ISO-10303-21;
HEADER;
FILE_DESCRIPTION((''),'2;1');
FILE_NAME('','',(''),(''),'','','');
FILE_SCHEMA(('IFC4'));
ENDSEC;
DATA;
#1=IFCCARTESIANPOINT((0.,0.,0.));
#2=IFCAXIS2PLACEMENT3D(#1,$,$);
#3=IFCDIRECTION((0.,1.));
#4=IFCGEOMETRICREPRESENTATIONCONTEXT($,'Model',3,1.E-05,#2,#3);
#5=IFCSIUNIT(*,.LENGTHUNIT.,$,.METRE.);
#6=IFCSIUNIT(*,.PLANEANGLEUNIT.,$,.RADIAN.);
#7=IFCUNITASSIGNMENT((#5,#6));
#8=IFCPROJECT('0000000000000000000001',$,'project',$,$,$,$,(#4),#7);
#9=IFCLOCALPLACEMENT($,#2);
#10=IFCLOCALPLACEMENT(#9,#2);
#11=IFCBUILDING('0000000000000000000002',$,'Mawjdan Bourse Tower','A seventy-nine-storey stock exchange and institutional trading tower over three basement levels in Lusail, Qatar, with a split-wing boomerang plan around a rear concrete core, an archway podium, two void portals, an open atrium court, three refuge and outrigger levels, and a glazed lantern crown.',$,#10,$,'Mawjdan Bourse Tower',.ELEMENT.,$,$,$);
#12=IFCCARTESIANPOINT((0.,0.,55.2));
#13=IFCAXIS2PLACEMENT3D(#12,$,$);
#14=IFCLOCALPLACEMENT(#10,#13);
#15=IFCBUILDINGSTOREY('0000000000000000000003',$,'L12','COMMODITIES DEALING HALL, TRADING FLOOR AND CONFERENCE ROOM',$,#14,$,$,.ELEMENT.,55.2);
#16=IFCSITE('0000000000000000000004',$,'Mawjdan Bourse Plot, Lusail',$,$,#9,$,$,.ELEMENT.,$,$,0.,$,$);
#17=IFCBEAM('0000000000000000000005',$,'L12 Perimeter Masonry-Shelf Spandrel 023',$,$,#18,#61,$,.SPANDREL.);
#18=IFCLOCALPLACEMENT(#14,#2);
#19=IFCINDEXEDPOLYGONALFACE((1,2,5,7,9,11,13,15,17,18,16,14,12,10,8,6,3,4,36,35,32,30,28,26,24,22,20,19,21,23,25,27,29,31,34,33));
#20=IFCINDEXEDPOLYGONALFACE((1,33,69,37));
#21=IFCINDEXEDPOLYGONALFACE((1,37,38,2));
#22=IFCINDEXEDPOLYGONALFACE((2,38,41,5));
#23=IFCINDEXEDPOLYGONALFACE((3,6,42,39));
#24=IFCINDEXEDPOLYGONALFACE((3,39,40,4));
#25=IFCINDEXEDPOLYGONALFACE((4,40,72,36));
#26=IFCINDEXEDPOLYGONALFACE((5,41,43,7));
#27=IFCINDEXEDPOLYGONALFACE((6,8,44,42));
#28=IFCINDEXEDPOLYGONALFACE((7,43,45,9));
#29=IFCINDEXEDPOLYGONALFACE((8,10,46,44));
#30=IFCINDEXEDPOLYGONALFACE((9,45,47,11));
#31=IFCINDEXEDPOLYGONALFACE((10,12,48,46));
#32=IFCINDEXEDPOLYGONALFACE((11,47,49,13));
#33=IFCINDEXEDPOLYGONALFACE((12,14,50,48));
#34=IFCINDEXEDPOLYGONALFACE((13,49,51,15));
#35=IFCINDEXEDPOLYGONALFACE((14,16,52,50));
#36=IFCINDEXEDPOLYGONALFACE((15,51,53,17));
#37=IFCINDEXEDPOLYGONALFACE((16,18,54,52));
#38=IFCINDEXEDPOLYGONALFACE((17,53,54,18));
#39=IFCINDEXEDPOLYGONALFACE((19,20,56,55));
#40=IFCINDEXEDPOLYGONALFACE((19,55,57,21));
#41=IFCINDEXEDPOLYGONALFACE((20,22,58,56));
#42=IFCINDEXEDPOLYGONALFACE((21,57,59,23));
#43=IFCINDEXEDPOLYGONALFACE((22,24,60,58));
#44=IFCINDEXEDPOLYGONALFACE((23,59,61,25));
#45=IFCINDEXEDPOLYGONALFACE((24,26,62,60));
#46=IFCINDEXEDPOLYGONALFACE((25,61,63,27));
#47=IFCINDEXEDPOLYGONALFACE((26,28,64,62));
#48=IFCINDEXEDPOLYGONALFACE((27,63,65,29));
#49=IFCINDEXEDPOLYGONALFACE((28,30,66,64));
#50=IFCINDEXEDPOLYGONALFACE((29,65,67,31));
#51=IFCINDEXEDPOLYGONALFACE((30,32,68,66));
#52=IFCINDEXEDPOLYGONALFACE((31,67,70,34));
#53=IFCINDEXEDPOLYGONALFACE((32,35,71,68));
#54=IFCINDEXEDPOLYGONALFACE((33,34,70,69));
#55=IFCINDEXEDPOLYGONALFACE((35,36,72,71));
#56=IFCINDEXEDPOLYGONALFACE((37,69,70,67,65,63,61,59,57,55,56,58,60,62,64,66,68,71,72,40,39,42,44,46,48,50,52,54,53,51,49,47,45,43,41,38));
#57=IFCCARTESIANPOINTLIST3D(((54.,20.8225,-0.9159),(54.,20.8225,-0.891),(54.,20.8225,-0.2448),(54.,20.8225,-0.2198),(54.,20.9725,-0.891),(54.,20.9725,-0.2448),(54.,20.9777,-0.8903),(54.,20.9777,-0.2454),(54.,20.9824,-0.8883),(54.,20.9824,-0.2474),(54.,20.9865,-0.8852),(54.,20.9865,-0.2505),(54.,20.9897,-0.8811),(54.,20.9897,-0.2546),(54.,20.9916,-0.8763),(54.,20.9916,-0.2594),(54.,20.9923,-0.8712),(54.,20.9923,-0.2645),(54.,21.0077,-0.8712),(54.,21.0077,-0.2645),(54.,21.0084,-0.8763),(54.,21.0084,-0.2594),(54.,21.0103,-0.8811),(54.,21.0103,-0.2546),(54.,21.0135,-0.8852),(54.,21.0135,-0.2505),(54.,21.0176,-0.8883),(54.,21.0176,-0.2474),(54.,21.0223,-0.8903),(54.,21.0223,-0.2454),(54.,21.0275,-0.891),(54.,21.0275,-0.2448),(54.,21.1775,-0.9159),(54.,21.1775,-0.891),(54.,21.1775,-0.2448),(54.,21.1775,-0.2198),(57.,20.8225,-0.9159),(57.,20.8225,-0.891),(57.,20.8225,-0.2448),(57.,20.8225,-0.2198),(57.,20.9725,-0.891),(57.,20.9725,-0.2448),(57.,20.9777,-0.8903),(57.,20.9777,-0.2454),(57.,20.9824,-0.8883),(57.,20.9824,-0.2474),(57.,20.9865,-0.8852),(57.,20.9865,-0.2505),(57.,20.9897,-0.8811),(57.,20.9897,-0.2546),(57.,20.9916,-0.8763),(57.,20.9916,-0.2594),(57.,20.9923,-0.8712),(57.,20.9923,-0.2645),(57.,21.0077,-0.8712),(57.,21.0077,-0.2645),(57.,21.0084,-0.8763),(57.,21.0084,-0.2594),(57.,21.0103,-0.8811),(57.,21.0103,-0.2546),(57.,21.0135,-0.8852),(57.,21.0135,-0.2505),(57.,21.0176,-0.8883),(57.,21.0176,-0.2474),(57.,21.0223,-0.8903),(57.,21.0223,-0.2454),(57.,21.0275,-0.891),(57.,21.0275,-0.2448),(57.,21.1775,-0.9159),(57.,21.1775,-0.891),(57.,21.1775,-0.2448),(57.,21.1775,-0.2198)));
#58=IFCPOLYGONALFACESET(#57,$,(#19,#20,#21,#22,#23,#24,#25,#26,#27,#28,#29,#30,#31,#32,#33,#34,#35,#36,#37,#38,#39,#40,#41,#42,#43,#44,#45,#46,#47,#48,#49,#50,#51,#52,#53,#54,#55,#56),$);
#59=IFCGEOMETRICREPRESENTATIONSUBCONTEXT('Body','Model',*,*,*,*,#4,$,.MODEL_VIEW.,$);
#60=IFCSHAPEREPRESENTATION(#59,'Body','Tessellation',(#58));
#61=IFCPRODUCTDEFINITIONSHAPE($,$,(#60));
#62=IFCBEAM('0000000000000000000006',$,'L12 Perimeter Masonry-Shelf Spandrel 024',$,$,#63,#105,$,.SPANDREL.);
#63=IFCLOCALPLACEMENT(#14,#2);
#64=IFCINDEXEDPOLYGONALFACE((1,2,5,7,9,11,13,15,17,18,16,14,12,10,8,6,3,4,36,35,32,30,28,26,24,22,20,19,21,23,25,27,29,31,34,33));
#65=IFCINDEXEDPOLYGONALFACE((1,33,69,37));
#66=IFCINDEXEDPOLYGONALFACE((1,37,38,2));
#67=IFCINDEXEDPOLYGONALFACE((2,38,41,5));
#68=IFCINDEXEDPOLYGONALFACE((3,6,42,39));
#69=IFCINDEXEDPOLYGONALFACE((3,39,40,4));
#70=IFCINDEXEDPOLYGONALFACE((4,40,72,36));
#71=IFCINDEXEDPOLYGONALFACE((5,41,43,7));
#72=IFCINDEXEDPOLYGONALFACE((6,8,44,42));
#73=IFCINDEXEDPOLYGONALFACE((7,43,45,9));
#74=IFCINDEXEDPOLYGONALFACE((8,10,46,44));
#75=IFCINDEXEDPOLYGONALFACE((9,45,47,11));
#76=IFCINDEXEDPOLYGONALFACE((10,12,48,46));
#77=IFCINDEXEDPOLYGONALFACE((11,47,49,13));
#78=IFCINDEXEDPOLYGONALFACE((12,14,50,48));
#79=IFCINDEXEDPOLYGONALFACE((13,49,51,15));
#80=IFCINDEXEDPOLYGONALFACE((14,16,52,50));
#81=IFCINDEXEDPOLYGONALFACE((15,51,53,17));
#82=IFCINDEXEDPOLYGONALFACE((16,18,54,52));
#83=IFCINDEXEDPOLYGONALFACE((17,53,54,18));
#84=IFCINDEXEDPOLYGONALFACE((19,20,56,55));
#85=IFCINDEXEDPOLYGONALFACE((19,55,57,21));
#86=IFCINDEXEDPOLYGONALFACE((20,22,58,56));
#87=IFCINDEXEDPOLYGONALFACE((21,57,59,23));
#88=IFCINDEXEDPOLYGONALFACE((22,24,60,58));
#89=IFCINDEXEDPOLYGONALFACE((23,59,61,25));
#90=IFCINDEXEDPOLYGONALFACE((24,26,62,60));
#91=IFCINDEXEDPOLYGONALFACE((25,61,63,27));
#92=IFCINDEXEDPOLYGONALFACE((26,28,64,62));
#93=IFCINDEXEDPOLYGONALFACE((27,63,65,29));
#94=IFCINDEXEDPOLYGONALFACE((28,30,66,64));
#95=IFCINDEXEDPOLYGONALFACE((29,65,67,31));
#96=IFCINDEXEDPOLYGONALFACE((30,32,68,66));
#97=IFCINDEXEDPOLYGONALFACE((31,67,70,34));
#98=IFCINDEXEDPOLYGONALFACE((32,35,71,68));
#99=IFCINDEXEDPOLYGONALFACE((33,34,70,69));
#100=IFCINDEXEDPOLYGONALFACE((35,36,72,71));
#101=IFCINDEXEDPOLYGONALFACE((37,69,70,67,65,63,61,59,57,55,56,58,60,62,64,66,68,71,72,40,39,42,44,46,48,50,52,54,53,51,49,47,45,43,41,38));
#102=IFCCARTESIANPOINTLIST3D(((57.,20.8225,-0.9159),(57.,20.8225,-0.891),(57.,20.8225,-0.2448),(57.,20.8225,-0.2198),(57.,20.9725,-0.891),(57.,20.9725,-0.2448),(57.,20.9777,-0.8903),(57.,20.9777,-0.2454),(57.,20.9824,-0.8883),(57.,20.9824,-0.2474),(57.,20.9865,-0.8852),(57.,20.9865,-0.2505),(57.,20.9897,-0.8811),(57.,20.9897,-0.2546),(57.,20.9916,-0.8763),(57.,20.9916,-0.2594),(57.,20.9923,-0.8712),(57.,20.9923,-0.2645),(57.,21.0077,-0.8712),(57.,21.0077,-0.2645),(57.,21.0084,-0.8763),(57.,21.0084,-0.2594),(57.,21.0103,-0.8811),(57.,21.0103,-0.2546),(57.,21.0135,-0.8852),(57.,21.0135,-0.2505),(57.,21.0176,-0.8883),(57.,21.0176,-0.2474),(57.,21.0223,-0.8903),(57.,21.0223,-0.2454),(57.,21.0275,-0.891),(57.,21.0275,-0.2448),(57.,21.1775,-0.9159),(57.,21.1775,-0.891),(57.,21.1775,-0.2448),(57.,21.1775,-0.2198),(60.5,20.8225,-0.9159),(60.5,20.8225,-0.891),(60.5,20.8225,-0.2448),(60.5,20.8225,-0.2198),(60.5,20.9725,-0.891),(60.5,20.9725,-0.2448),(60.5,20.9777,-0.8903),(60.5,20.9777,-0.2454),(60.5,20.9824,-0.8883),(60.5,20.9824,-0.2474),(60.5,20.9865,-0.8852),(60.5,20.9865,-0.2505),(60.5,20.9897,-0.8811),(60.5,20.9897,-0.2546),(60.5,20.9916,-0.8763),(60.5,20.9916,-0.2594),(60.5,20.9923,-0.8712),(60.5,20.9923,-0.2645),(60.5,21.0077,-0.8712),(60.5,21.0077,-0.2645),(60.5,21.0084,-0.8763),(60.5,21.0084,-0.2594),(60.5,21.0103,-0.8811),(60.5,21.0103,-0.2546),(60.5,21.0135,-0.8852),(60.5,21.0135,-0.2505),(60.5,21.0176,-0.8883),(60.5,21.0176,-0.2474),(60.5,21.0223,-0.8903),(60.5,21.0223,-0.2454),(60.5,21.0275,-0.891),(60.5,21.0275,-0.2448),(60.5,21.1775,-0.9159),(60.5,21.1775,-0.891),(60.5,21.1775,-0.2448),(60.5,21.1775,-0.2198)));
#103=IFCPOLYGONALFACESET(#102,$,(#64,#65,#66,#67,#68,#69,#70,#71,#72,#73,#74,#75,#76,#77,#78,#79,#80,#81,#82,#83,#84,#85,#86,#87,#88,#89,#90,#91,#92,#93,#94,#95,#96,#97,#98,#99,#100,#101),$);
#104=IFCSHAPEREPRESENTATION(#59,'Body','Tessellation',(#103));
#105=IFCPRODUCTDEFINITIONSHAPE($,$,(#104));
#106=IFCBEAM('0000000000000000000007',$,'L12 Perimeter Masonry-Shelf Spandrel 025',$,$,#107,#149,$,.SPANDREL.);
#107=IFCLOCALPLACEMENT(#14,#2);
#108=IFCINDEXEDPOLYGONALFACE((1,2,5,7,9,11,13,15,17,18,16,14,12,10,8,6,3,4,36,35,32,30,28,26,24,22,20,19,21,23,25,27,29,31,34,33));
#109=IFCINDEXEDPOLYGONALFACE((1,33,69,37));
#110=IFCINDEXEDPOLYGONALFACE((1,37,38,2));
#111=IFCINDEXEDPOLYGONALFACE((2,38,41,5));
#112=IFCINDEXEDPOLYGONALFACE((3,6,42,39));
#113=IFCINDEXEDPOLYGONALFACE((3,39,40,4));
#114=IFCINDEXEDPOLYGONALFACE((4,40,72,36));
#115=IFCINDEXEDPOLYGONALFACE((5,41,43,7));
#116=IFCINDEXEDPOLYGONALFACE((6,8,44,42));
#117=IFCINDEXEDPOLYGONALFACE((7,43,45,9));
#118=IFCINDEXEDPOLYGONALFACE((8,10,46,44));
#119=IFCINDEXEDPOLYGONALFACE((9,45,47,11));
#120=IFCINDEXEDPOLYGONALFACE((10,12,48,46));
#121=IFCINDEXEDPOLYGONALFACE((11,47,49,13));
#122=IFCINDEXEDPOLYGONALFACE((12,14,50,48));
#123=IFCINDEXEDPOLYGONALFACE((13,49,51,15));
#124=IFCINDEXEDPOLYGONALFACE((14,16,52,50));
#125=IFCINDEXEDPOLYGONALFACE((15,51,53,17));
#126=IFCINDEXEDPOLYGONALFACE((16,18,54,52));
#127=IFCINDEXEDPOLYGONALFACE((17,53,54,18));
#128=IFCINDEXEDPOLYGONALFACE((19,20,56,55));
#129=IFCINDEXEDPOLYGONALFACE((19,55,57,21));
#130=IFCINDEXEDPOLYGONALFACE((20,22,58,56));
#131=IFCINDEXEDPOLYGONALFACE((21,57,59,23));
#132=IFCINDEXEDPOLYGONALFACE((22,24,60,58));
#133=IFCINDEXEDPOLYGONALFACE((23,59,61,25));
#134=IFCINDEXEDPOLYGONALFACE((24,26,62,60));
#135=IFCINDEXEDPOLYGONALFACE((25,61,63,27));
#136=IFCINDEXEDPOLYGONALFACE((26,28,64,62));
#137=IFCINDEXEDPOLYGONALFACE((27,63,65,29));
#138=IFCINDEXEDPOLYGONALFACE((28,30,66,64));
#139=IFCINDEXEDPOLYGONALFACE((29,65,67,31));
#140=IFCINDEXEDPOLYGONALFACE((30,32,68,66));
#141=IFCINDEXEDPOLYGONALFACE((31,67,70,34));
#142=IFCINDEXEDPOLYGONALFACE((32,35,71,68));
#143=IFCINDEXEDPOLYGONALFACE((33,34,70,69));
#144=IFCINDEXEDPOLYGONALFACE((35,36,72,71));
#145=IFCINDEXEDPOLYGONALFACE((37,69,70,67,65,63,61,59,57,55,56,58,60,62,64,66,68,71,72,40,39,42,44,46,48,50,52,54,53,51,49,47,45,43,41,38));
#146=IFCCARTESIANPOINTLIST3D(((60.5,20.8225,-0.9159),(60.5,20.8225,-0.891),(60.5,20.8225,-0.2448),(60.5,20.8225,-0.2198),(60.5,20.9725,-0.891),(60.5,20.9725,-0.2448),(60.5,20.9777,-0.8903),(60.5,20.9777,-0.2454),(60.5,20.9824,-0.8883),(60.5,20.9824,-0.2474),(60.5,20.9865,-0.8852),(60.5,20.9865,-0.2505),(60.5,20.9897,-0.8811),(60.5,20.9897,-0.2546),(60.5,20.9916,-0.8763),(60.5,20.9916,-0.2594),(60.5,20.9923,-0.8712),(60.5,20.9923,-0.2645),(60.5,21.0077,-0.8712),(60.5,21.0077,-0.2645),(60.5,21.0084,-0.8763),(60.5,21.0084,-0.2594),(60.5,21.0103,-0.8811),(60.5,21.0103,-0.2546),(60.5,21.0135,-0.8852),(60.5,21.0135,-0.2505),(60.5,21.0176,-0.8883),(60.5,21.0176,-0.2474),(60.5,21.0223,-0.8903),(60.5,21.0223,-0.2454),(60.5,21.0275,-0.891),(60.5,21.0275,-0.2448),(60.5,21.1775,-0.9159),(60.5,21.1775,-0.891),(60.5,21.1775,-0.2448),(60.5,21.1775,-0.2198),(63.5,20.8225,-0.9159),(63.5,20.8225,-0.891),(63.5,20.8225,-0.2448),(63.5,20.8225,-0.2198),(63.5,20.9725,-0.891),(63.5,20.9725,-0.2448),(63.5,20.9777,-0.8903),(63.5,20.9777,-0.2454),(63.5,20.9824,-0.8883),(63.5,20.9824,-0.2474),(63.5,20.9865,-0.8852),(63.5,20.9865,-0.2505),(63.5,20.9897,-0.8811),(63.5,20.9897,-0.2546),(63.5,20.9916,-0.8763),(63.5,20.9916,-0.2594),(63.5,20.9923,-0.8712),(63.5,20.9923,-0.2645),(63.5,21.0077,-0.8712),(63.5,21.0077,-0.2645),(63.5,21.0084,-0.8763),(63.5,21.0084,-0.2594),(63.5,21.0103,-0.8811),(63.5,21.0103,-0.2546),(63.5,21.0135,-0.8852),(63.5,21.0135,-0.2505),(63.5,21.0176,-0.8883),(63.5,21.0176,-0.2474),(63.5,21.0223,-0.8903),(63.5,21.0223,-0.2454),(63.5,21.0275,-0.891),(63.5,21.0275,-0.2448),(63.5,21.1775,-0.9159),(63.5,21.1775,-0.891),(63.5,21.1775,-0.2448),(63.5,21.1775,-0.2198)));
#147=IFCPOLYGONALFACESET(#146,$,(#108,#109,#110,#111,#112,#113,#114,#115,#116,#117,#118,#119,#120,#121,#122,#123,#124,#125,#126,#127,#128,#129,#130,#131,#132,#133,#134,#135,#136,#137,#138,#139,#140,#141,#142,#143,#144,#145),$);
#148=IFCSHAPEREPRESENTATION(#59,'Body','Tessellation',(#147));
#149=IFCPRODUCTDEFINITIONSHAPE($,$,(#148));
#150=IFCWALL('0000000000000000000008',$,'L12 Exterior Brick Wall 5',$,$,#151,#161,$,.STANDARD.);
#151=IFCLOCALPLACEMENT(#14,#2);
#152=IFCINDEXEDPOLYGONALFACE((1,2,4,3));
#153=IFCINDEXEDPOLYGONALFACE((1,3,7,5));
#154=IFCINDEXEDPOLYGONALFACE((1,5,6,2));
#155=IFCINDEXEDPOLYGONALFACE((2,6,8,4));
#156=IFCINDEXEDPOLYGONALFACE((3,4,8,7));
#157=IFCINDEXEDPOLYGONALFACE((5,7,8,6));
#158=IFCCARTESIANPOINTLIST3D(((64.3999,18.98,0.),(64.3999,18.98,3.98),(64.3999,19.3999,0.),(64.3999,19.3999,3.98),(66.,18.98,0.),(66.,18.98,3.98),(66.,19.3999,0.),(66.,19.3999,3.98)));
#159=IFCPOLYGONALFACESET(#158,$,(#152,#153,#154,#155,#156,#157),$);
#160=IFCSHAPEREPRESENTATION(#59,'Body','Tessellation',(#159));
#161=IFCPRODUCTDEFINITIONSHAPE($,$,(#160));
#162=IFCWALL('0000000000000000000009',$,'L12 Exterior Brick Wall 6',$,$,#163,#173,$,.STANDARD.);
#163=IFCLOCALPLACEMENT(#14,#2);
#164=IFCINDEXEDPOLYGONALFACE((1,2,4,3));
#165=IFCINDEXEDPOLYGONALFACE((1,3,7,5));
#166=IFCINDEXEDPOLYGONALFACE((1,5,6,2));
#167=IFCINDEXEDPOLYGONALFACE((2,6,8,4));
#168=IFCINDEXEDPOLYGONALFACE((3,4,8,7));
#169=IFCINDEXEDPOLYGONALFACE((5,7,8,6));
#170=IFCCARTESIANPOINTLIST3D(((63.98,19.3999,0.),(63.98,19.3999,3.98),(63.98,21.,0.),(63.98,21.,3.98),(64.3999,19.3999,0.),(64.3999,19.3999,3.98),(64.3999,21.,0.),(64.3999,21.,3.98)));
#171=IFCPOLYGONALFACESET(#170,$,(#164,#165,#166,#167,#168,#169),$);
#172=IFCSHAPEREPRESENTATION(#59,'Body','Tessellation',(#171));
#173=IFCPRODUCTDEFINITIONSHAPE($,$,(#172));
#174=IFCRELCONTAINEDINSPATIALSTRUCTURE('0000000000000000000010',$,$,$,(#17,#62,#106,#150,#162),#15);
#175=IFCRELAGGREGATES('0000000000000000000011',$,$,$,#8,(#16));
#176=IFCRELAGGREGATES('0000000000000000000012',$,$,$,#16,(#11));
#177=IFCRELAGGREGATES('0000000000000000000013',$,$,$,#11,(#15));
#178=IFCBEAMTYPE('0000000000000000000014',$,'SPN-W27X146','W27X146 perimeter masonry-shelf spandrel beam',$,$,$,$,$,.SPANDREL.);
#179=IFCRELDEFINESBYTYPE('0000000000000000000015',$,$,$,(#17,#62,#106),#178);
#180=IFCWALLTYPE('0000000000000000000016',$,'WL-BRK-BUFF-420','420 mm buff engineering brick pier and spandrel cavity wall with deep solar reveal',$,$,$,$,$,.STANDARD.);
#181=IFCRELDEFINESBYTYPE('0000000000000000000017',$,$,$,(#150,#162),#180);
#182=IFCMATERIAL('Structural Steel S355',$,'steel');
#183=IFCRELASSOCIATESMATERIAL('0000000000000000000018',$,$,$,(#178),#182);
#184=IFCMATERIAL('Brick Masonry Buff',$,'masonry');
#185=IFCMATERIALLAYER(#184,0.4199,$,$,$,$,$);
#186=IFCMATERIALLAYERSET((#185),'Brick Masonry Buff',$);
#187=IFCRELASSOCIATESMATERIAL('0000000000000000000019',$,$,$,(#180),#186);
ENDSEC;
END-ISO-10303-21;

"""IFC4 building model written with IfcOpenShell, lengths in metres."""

from ifc_helpers import new_model, si_unit, direction, frame, frame_2d, origin, origin_2d, place, context, subcontext, project, spatial, rectangle, i_section, extrude, material, layer, layer_set, material_profile, profile_set, type_object, element, save


model = new_model("IFC4")

# Units and contexts
model_context = context("Model", 3, precision=1e-05, world=origin(), true_north=direction((0.0, 1.0)))
body_context = subcontext(model_context, "Body", "Model", "MODEL_VIEW")
ifc_project = project(units=[si_unit("LENGTHUNIT", "METRE"), si_unit("PLANEANGLEUNIT", "RADIAN")], contexts=[model_context])

# Site, building, storey
site_placement = place(None, origin())
site = spatial("IfcSite", under=ifc_project, at=site_placement, Name="Mawjdan Bourse Plot, Lusail", CompositionType="ELEMENT", RefElevation=0.0)
building_placement = place(site_placement, origin())
building = spatial("IfcBuilding", under=site, at=building_placement, Name="Mawjdan Bourse Tower", Description="A seventy-nine-storey stock exchange and institutional trading tower over three basement levels in Lusail, Qatar, with a split-wing boomerang plan around a rear concrete core, an archway podium, two void portals, an open atrium court, three refuge and outrigger levels, and a glazed lantern crown.", LongName="Mawjdan Bourse Tower", CompositionType="ELEMENT")
storey_placement = place(building_placement, frame((0.0, 0.0, 55.2)))
storey = spatial("IfcBuildingStorey", under=building, at=storey_placement, Name="L12", Description="COMMODITIES DEALING HALL, TRADING FLOOR AND CONFERENCE ROOM", CompositionType="ELEMENT", Elevation=55.2)

# Beams
ifc_material_1 = material(Name="Structural Steel S355", Category="steel")
ifc_material_profile_1 = material_profile(ifc_material_1, i_section(OverallWidth=0.355, OverallDepth=0.696, WebThickness=0.0154, FlangeThickness=0.0249, FilletRadius=0.0198, at=origin_2d()), Name="W27X146")
ifc_profile_set_1 = profile_set([ifc_material_profile_1], Name="Structural Steel S355")
beam_type_1 = type_object("IfcBeamType", Name="SPN-W27X146", Description="W27X146 perimeter masonry-shelf spandrel beam", PredefinedType="SPANDREL", material=ifc_profile_set_1)
beam_1_placement = place(storey_placement, frame((54.0, 21.0, -0.5679), z_axis=(1.0, 0.0, 0.0), x_axis=(0.0, 1.0, 0.0)))
element("IfcBeam", 1, at=beam_1_placement, inside=storey, type_object=beam_type_1, Name="L12 Perimeter Masonry-Shelf Spandrel 023", PredefinedType="SPANDREL", context=body_context, shape_type="SweptSolid", body=[
    extrude(i_section(OverallWidth=0.355, OverallDepth=0.696, WebThickness=0.0154, FlangeThickness=0.0249, FilletRadius=0.0198, at=origin_2d()), origin(), (0.0, 0.0, 1.0), 3.0),
])
beam_2_placement = place(storey_placement, frame((57.0, 21.0, -0.5679), z_axis=(1.0, 0.0, 0.0), x_axis=(0.0, 1.0, 0.0)))
element("IfcBeam", 2, at=beam_2_placement, inside=storey, type_object=beam_type_1, Name="L12 Perimeter Masonry-Shelf Spandrel 024", PredefinedType="SPANDREL", context=body_context, shape_type="SweptSolid", body=[
    extrude(i_section(OverallWidth=0.355, OverallDepth=0.696, WebThickness=0.0154, FlangeThickness=0.0249, FilletRadius=0.0198, at=origin_2d()), origin(), (0.0, 0.0, 1.0), 3.5),
])
beam_3_placement = place(storey_placement, frame((60.5, 21.0, -0.5679), z_axis=(1.0, 0.0, 0.0), x_axis=(0.0, 1.0, 0.0)))
element("IfcBeam", 3, at=beam_3_placement, inside=storey, type_object=beam_type_1, Name="L12 Perimeter Masonry-Shelf Spandrel 025", PredefinedType="SPANDREL", context=body_context, shape_type="SweptSolid", body=[
    extrude(i_section(OverallWidth=0.355, OverallDepth=0.696, WebThickness=0.0154, FlangeThickness=0.0249, FilletRadius=0.0198, at=origin_2d()), origin(), (0.0, 0.0, 1.0), 3.0),
])

# Walls
ifc_material_2 = material(Name="Brick Masonry Buff", Category="masonry")
ifc_layer = layer(ifc_material_2, 0.4199)
ifc_layer_set = layer_set([ifc_layer], Name="Brick Masonry Buff")
wall_type = type_object("IfcWallType", Name="WL-BRK-BUFF-420", Description="420 mm buff engineering brick pier and spandrel cavity wall with deep solar reveal", PredefinedType="STANDARD", material=ifc_layer_set)
for number, where, z_axis, x_axis, name in (
    (4, (66.0, 19.1899, 0.0), (0.0, 0.0, 1.0), (-1.0, 0.0, 0.0), "L12 Exterior Brick Wall 5"),
    (5, (64.1899, 19.3999, 0.0), (0.0, 0.0, 1.0), (0.0, 1.0, 0.0), "L12 Exterior Brick Wall 6"),
):
    element("IfcWall", number, at=place(storey_placement, frame(where, z_axis=z_axis, x_axis=x_axis)), inside=storey, type_object=wall_type, Name=name, PredefinedType="STANDARD", context=body_context, shape_type="SweptSolid", body=[
        extrude(rectangle(XDim=1.6001, YDim=0.4199, at=frame_2d((0.8, 0.0))), origin(), (0.0, 0.0, 1.0), 3.98),
    ])

save(model, "model.ifc")
